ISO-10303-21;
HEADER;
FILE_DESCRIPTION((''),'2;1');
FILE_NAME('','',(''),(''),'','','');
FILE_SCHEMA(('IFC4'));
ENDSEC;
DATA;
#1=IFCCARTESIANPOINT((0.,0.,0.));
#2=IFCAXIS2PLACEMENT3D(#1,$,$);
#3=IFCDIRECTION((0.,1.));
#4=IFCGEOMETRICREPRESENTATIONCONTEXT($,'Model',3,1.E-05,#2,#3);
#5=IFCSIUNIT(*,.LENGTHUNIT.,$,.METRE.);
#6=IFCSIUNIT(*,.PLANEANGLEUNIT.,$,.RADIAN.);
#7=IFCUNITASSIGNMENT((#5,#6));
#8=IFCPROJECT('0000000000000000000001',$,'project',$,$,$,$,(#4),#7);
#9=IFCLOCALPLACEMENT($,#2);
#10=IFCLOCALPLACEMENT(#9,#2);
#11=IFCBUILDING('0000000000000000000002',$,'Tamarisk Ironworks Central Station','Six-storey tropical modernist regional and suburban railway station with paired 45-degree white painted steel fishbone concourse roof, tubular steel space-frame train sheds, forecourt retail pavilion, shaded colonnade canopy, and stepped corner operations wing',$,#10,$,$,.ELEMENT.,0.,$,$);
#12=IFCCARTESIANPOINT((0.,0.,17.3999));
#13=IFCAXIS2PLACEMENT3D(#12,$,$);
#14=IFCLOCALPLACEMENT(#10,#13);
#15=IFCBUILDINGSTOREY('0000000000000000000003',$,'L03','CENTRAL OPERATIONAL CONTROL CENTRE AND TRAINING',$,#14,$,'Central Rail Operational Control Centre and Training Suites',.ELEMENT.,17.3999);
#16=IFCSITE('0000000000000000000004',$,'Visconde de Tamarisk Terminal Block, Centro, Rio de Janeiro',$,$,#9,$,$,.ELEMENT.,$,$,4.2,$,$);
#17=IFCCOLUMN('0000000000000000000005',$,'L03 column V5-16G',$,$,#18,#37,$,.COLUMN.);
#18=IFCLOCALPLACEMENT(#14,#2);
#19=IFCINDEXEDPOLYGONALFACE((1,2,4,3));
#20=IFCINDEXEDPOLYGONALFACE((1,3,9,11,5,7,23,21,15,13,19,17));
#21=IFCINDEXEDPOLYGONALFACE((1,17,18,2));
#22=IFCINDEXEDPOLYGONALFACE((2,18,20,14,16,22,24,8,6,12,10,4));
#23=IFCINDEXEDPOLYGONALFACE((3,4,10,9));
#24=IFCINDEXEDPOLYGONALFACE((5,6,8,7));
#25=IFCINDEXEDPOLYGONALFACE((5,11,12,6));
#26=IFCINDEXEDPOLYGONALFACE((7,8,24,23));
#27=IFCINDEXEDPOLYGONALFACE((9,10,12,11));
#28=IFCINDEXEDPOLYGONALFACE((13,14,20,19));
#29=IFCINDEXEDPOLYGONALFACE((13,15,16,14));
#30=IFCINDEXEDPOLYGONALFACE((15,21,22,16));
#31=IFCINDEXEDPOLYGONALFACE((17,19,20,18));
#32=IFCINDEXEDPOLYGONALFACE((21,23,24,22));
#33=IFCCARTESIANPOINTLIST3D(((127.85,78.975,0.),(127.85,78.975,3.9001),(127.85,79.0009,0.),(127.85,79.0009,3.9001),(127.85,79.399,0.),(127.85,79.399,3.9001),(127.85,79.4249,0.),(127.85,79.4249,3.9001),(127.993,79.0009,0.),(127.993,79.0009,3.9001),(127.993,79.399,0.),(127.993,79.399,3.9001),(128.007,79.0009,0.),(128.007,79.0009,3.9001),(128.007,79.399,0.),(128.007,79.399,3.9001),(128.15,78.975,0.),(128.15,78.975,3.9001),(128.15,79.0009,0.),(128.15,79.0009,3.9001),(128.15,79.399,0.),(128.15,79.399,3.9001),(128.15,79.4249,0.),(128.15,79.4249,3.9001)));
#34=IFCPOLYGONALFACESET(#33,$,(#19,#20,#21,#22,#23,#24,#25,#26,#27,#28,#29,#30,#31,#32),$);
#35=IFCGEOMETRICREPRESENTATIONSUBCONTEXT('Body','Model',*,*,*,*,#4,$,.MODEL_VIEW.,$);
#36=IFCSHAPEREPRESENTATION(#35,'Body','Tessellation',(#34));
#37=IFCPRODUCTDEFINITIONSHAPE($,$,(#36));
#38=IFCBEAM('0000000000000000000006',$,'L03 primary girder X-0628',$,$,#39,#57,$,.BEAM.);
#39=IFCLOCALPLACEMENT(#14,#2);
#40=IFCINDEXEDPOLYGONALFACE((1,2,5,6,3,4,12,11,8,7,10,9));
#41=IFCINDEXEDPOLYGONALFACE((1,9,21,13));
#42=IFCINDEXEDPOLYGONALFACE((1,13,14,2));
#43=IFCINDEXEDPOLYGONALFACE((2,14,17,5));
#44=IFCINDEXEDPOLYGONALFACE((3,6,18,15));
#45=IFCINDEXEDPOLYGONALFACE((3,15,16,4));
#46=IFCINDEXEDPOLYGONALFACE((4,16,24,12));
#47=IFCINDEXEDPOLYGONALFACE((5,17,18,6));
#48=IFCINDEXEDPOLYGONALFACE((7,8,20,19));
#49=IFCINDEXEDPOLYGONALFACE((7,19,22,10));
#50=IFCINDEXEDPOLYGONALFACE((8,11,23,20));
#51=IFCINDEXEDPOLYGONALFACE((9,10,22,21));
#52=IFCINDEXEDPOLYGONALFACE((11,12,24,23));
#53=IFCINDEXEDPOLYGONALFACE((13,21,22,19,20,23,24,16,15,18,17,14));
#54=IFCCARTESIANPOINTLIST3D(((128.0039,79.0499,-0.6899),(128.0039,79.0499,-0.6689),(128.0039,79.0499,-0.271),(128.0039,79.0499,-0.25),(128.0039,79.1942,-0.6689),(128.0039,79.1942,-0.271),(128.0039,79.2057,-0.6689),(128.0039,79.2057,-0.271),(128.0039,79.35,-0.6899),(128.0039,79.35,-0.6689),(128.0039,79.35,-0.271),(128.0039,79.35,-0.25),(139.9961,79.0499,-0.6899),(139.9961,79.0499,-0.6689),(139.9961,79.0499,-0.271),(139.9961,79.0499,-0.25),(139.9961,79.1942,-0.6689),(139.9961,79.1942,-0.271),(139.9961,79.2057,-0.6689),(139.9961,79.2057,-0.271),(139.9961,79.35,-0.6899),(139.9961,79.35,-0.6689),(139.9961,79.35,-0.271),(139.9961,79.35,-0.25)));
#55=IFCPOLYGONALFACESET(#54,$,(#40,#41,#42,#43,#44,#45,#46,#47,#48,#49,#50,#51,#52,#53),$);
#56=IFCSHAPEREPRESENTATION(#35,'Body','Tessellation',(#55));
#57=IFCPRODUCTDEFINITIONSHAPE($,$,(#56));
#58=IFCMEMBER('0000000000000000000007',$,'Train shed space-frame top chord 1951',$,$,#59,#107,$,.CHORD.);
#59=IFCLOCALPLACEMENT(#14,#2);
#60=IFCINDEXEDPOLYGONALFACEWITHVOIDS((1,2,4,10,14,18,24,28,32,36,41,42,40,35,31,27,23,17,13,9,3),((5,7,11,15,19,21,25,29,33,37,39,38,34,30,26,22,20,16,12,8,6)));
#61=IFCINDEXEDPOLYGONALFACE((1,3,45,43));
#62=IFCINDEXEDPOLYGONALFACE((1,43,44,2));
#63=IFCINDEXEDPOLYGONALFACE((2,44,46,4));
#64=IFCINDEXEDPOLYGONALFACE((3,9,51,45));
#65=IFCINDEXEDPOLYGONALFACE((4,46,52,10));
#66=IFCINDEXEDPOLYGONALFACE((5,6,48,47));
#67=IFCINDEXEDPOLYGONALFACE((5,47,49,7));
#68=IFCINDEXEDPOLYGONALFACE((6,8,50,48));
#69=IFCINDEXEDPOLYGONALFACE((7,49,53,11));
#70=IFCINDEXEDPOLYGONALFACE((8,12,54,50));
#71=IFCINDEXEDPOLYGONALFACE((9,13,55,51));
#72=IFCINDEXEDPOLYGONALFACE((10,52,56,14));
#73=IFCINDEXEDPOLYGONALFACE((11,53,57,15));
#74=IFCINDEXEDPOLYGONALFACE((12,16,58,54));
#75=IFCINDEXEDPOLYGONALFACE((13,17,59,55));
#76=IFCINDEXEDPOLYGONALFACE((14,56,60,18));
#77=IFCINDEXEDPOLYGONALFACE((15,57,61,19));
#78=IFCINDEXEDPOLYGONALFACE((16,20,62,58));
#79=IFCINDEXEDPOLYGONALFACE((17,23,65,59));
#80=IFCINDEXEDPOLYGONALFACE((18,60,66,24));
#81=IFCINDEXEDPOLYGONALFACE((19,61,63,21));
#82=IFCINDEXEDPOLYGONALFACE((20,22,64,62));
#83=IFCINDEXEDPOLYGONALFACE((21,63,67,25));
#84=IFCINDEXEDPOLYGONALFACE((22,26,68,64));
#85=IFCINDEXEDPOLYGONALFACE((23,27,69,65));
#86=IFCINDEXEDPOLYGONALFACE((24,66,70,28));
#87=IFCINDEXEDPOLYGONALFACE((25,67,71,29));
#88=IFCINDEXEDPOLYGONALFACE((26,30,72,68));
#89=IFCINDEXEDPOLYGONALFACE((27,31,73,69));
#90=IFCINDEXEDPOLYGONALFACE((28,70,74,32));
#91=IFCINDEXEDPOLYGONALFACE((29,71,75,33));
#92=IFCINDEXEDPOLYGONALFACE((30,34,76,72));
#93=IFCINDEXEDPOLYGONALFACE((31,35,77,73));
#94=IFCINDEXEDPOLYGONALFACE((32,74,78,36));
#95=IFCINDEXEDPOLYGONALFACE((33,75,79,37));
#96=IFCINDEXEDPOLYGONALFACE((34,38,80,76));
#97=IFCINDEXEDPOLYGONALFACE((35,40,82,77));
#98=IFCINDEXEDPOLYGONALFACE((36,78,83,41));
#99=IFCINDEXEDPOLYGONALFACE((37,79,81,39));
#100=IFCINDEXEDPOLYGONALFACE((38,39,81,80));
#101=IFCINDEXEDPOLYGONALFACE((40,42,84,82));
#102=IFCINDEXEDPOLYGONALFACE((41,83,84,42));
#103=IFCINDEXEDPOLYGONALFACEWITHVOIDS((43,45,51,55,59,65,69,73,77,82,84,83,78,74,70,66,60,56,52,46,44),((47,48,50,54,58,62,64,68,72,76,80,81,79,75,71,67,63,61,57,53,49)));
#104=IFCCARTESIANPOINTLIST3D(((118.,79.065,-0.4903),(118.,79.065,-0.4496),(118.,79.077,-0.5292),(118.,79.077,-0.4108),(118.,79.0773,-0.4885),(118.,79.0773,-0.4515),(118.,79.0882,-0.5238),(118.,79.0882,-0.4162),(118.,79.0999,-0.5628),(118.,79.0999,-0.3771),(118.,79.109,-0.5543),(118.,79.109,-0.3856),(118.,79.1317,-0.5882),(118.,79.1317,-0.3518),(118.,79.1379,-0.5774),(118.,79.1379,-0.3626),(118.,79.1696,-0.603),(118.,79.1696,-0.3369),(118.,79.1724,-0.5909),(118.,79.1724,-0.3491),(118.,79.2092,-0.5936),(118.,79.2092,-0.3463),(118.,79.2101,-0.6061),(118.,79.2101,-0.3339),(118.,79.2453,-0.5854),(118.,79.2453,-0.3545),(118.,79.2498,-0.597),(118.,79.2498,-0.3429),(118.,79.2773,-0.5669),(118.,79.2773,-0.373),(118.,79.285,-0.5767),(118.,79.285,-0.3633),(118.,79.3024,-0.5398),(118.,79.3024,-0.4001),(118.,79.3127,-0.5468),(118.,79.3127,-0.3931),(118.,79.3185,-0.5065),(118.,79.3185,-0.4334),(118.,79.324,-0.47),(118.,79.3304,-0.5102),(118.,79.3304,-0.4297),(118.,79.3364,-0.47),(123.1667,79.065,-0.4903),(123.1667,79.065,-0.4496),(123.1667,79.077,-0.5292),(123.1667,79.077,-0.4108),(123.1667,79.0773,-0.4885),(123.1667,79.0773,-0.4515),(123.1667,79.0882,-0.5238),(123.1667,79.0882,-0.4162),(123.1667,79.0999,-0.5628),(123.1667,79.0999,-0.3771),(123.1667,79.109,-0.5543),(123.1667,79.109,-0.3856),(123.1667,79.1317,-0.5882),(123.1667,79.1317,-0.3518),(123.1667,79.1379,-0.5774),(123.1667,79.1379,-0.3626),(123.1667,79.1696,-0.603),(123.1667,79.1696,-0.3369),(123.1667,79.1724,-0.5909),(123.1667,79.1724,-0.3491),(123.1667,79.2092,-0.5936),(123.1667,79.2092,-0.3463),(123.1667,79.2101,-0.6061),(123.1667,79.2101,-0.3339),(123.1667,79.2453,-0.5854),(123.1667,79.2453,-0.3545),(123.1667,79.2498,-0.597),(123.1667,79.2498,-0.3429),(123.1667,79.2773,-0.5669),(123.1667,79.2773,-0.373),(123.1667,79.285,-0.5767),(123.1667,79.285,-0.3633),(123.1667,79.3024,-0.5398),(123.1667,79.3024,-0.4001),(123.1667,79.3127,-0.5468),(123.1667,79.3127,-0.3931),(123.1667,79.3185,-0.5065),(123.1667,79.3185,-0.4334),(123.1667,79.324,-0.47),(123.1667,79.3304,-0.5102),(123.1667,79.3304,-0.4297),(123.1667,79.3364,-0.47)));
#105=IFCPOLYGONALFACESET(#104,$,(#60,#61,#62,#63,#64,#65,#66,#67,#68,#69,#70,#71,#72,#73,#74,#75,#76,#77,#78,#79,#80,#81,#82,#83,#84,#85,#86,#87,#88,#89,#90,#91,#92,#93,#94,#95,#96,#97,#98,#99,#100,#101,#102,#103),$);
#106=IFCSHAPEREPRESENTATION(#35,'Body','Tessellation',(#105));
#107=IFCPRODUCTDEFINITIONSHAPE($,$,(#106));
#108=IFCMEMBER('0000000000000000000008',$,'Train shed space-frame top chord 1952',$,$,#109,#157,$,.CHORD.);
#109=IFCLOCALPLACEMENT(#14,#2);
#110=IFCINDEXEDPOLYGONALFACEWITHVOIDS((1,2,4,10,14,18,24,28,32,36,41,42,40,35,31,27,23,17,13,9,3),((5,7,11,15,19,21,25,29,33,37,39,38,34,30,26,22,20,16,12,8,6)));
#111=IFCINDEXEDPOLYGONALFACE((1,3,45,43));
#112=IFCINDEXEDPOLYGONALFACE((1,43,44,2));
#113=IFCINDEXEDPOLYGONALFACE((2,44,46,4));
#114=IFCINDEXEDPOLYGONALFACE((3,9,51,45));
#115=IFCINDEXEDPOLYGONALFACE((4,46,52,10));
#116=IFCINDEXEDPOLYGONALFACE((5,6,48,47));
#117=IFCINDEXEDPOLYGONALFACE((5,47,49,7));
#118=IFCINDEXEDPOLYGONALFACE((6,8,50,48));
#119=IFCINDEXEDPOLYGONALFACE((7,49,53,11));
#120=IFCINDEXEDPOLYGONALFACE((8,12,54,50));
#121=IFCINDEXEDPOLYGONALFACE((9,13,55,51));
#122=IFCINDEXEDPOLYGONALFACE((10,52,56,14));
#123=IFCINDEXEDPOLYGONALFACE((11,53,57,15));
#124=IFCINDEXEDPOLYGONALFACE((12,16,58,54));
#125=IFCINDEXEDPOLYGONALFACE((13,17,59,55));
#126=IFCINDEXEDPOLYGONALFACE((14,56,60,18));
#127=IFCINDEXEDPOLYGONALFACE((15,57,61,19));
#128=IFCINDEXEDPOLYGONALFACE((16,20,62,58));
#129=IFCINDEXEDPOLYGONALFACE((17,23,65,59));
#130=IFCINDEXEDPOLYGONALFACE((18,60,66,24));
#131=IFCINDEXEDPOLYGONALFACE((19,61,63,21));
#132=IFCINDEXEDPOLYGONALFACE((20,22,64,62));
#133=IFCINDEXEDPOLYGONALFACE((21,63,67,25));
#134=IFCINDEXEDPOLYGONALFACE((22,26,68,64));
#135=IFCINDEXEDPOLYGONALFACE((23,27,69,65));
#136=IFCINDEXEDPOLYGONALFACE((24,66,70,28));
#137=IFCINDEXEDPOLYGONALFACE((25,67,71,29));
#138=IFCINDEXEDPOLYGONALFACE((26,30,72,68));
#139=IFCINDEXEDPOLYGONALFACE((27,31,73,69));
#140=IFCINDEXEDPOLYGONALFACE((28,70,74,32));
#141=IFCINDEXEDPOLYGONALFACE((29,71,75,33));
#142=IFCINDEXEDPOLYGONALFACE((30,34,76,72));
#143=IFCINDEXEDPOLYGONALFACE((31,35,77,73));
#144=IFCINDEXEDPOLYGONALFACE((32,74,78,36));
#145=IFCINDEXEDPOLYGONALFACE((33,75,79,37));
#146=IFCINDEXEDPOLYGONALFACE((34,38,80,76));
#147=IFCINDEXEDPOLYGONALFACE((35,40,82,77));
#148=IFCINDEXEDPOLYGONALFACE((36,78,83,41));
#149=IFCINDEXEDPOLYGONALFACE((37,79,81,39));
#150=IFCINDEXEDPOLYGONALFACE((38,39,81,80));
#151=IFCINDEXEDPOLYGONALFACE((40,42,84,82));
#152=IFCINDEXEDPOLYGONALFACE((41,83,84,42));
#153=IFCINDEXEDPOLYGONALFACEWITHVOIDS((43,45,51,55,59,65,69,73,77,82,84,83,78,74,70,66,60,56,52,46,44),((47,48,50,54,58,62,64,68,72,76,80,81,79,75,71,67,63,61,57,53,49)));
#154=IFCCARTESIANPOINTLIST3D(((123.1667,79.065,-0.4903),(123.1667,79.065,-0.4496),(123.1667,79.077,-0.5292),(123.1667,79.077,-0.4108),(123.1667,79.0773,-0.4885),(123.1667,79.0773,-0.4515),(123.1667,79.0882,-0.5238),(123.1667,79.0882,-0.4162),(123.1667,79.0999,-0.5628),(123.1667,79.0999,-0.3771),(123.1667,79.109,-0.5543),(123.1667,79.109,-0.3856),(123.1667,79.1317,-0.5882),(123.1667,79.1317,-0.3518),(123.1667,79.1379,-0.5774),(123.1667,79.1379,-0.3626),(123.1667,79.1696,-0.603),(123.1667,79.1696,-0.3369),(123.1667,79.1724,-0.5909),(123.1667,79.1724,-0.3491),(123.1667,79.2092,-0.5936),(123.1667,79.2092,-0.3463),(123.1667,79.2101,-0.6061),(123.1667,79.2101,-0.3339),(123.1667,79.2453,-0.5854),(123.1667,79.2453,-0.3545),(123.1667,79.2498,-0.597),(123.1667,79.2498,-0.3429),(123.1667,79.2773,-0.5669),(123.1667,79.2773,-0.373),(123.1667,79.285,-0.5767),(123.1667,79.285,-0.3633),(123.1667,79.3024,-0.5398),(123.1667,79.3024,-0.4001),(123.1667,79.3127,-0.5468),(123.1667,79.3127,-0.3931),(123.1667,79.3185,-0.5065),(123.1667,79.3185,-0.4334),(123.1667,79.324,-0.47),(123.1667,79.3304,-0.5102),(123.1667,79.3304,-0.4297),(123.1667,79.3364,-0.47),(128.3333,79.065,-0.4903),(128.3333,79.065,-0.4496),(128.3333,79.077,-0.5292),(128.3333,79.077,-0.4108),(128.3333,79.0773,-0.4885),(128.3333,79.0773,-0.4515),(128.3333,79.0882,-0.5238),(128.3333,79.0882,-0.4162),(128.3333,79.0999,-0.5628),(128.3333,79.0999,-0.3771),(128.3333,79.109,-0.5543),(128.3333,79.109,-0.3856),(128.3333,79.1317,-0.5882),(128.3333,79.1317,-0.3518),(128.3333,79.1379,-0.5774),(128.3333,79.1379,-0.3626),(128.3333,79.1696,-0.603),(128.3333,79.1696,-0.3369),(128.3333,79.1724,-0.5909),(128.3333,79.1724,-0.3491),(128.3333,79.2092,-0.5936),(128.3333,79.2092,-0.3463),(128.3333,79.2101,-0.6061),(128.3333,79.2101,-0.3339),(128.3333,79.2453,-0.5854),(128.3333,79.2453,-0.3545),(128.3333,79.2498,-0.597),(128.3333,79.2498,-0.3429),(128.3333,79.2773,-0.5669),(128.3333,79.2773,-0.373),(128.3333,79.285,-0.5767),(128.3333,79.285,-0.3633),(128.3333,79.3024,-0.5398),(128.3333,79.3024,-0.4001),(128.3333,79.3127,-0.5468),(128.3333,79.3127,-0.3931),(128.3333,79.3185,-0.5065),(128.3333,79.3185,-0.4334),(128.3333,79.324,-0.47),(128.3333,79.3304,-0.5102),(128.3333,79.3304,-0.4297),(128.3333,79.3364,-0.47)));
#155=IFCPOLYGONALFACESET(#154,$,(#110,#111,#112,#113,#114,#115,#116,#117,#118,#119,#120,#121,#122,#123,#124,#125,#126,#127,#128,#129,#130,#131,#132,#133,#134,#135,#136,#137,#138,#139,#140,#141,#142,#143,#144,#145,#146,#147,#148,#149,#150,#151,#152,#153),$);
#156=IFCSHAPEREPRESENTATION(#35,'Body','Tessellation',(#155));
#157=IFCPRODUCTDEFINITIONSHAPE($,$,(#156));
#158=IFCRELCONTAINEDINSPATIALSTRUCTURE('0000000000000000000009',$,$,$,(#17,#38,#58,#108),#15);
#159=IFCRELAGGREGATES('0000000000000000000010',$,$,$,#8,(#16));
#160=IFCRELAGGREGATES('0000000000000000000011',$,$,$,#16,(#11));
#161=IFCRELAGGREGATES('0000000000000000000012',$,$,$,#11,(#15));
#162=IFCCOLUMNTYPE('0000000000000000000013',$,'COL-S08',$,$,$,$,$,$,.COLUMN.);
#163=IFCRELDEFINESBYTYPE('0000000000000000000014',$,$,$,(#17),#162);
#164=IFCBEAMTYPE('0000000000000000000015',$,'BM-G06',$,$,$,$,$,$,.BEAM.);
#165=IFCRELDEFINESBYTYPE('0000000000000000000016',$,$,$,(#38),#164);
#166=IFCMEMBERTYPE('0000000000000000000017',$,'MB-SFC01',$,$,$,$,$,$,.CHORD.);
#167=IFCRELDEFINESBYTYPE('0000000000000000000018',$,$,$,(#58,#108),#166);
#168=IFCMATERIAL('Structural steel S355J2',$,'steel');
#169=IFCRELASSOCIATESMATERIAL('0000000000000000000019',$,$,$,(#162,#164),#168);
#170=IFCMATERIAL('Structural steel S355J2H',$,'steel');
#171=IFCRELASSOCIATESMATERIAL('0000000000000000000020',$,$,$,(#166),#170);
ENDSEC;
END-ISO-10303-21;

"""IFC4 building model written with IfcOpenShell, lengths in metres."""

from ifc_helpers import new_model, si_unit, direction, frame, origin, origin_2d, place, context, subcontext, project, spatial, hollow_circle, i_section, extrude, material, material_profile, profile_set, type_object, element, save


model = new_model("IFC4")

# Units and contexts
model_context = context("Model", 3, precision=1e-05, world=origin(), true_north=direction((0.0, 1.0)))
body_context = subcontext(model_context, "Body", "Model", "MODEL_VIEW")
ifc_project = project(units=[si_unit("LENGTHUNIT", "METRE"), si_unit("PLANEANGLEUNIT", "RADIAN")], contexts=[model_context])

# Site, building, storey
site_placement = place(None, origin())
site = spatial("IfcSite", under=ifc_project, at=site_placement, Name="Visconde de Tamarisk Terminal Block, Centro, Rio de Janeiro", CompositionType="ELEMENT", RefElevation=4.2)
building_placement = place(site_placement, origin())
building = spatial("IfcBuilding", under=site, at=building_placement, Name="Tamarisk Ironworks Central Station", Description="Six-storey tropical modernist regional and suburban railway station with paired 45-degree white painted steel fishbone concourse roof, tubular steel space-frame train sheds, forecourt retail pavilion, shaded colonnade canopy, and stepped corner operations wing", CompositionType="ELEMENT", ElevationOfRefHeight=0.0)
storey_placement = place(building_placement, frame((0.0, 0.0, 17.3999)))
storey = spatial("IfcBuildingStorey", under=building, at=storey_placement, Name="L03", Description="CENTRAL OPERATIONAL CONTROL CENTRE AND TRAINING", LongName="Central Rail Operational Control Centre and Training Suites", CompositionType="ELEMENT", Elevation=17.3999)

# Column
ifc_material_1 = material(Name="Structural steel S355J2", Category="steel")
ifc_material_profile_1 = material_profile(ifc_material_1, i_section(OverallWidth=0.3, OverallDepth=0.45, WebThickness=0.0139, FlangeThickness=0.0259, at=origin_2d()), Name="HEB 450")
ifc_profile_set_1 = profile_set([ifc_material_profile_1], Name="Structural steel S355J2")
column_type = type_object("IfcColumnType", Name="COL-S08", PredefinedType="COLUMN", material=ifc_profile_set_1)
column_placement = place(storey_placement, frame((128.0, 79.2, 0.0), z_axis=(0.0, 0.0, 1.0), x_axis=(1.0, 0.0, 0.0)))
element("IfcColumn", 1, at=column_placement, inside=storey, type_object=column_type, Name="L03 column V5-16G", PredefinedType="COLUMN", context=body_context, shape_type="SweptSolid", body=[
    extrude(i_section(OverallWidth=0.3, OverallDepth=0.45, WebThickness=0.0139, FlangeThickness=0.0259, at=origin_2d()), origin(), (0.0, 0.0, 1.0), 3.9001),
])

# Beam
ifc_material_profile_2 = material_profile(ifc_material_1, i_section(OverallWidth=0.3, OverallDepth=0.4399, WebThickness=0.0115, FlangeThickness=0.021, at=origin_2d()), Name="HEA 450")
ifc_profile_set_2 = profile_set([ifc_material_profile_2], Name="Structural steel S355J2")
beam_type = type_object("IfcBeamType", Name="BM-G06", PredefinedType="BEAM", material=ifc_profile_set_2)
beam_placement = place(storey_placement, frame((128.0039, 79.2, -0.47), z_axis=(1.0, 0.0, 0.0), x_axis=(0.0, 1.0, 0.0)))
element("IfcBeam", 2, at=beam_placement, inside=storey, type_object=beam_type, Name="L03 primary girder X-0628", PredefinedType="BEAM", context=body_context, shape_type="SweptSolid", body=[
    extrude(i_section(OverallWidth=0.3, OverallDepth=0.4399, WebThickness=0.0115, FlangeThickness=0.021, at=origin_2d()), origin(), (0.0, 0.0, 1.0), 11.9922),
])

# Members
ifc_material_2 = material(Name="Structural steel S355J2H", Category="steel")
ifc_material_profile_3 = material_profile(ifc_material_2, hollow_circle(Radius=0.1365, WallThickness=0.0125, at=origin_2d()), Name="CHS 273x12.5")
ifc_profile_set_3 = profile_set([ifc_material_profile_3], Name="Structural steel S355J2H")
member_type_1 = type_object("IfcMemberType", Name="MB-SFC01", PredefinedType="CHORD", material=ifc_profile_set_3)
member_1_placement = place(storey_placement, frame((118.0, 79.2, -0.47), z_axis=(1.0, 0.0, 0.0), x_axis=(0.0, 1.0, 0.0)))
element("IfcMember", 3, at=member_1_placement, inside=storey, type_object=member_type_1, Name="Train shed space-frame top chord 1951", PredefinedType="CHORD", context=body_context, shape_type="SweptSolid", body=[
    extrude(hollow_circle(Radius=0.1365, WallThickness=0.0125, at=origin_2d()), origin(), (0.0, 0.0, 1.0), 5.1667),
])
member_2_placement = place(storey_placement, frame((123.1667, 79.2, -0.47), z_axis=(1.0, 0.0, 0.0), x_axis=(0.0, 1.0, 0.0)))
element("IfcMember", 4, at=member_2_placement, inside=storey, type_object=member_type_1, Name="Train shed space-frame top chord 1952", PredefinedType="CHORD", context=body_context, shape_type="SweptSolid", body=[
    extrude(hollow_circle(Radius=0.1365, WallThickness=0.0125, at=origin_2d()), origin(), (0.0, 0.0, 1.0), 5.1665),
])

save(model, "model.ifc")
